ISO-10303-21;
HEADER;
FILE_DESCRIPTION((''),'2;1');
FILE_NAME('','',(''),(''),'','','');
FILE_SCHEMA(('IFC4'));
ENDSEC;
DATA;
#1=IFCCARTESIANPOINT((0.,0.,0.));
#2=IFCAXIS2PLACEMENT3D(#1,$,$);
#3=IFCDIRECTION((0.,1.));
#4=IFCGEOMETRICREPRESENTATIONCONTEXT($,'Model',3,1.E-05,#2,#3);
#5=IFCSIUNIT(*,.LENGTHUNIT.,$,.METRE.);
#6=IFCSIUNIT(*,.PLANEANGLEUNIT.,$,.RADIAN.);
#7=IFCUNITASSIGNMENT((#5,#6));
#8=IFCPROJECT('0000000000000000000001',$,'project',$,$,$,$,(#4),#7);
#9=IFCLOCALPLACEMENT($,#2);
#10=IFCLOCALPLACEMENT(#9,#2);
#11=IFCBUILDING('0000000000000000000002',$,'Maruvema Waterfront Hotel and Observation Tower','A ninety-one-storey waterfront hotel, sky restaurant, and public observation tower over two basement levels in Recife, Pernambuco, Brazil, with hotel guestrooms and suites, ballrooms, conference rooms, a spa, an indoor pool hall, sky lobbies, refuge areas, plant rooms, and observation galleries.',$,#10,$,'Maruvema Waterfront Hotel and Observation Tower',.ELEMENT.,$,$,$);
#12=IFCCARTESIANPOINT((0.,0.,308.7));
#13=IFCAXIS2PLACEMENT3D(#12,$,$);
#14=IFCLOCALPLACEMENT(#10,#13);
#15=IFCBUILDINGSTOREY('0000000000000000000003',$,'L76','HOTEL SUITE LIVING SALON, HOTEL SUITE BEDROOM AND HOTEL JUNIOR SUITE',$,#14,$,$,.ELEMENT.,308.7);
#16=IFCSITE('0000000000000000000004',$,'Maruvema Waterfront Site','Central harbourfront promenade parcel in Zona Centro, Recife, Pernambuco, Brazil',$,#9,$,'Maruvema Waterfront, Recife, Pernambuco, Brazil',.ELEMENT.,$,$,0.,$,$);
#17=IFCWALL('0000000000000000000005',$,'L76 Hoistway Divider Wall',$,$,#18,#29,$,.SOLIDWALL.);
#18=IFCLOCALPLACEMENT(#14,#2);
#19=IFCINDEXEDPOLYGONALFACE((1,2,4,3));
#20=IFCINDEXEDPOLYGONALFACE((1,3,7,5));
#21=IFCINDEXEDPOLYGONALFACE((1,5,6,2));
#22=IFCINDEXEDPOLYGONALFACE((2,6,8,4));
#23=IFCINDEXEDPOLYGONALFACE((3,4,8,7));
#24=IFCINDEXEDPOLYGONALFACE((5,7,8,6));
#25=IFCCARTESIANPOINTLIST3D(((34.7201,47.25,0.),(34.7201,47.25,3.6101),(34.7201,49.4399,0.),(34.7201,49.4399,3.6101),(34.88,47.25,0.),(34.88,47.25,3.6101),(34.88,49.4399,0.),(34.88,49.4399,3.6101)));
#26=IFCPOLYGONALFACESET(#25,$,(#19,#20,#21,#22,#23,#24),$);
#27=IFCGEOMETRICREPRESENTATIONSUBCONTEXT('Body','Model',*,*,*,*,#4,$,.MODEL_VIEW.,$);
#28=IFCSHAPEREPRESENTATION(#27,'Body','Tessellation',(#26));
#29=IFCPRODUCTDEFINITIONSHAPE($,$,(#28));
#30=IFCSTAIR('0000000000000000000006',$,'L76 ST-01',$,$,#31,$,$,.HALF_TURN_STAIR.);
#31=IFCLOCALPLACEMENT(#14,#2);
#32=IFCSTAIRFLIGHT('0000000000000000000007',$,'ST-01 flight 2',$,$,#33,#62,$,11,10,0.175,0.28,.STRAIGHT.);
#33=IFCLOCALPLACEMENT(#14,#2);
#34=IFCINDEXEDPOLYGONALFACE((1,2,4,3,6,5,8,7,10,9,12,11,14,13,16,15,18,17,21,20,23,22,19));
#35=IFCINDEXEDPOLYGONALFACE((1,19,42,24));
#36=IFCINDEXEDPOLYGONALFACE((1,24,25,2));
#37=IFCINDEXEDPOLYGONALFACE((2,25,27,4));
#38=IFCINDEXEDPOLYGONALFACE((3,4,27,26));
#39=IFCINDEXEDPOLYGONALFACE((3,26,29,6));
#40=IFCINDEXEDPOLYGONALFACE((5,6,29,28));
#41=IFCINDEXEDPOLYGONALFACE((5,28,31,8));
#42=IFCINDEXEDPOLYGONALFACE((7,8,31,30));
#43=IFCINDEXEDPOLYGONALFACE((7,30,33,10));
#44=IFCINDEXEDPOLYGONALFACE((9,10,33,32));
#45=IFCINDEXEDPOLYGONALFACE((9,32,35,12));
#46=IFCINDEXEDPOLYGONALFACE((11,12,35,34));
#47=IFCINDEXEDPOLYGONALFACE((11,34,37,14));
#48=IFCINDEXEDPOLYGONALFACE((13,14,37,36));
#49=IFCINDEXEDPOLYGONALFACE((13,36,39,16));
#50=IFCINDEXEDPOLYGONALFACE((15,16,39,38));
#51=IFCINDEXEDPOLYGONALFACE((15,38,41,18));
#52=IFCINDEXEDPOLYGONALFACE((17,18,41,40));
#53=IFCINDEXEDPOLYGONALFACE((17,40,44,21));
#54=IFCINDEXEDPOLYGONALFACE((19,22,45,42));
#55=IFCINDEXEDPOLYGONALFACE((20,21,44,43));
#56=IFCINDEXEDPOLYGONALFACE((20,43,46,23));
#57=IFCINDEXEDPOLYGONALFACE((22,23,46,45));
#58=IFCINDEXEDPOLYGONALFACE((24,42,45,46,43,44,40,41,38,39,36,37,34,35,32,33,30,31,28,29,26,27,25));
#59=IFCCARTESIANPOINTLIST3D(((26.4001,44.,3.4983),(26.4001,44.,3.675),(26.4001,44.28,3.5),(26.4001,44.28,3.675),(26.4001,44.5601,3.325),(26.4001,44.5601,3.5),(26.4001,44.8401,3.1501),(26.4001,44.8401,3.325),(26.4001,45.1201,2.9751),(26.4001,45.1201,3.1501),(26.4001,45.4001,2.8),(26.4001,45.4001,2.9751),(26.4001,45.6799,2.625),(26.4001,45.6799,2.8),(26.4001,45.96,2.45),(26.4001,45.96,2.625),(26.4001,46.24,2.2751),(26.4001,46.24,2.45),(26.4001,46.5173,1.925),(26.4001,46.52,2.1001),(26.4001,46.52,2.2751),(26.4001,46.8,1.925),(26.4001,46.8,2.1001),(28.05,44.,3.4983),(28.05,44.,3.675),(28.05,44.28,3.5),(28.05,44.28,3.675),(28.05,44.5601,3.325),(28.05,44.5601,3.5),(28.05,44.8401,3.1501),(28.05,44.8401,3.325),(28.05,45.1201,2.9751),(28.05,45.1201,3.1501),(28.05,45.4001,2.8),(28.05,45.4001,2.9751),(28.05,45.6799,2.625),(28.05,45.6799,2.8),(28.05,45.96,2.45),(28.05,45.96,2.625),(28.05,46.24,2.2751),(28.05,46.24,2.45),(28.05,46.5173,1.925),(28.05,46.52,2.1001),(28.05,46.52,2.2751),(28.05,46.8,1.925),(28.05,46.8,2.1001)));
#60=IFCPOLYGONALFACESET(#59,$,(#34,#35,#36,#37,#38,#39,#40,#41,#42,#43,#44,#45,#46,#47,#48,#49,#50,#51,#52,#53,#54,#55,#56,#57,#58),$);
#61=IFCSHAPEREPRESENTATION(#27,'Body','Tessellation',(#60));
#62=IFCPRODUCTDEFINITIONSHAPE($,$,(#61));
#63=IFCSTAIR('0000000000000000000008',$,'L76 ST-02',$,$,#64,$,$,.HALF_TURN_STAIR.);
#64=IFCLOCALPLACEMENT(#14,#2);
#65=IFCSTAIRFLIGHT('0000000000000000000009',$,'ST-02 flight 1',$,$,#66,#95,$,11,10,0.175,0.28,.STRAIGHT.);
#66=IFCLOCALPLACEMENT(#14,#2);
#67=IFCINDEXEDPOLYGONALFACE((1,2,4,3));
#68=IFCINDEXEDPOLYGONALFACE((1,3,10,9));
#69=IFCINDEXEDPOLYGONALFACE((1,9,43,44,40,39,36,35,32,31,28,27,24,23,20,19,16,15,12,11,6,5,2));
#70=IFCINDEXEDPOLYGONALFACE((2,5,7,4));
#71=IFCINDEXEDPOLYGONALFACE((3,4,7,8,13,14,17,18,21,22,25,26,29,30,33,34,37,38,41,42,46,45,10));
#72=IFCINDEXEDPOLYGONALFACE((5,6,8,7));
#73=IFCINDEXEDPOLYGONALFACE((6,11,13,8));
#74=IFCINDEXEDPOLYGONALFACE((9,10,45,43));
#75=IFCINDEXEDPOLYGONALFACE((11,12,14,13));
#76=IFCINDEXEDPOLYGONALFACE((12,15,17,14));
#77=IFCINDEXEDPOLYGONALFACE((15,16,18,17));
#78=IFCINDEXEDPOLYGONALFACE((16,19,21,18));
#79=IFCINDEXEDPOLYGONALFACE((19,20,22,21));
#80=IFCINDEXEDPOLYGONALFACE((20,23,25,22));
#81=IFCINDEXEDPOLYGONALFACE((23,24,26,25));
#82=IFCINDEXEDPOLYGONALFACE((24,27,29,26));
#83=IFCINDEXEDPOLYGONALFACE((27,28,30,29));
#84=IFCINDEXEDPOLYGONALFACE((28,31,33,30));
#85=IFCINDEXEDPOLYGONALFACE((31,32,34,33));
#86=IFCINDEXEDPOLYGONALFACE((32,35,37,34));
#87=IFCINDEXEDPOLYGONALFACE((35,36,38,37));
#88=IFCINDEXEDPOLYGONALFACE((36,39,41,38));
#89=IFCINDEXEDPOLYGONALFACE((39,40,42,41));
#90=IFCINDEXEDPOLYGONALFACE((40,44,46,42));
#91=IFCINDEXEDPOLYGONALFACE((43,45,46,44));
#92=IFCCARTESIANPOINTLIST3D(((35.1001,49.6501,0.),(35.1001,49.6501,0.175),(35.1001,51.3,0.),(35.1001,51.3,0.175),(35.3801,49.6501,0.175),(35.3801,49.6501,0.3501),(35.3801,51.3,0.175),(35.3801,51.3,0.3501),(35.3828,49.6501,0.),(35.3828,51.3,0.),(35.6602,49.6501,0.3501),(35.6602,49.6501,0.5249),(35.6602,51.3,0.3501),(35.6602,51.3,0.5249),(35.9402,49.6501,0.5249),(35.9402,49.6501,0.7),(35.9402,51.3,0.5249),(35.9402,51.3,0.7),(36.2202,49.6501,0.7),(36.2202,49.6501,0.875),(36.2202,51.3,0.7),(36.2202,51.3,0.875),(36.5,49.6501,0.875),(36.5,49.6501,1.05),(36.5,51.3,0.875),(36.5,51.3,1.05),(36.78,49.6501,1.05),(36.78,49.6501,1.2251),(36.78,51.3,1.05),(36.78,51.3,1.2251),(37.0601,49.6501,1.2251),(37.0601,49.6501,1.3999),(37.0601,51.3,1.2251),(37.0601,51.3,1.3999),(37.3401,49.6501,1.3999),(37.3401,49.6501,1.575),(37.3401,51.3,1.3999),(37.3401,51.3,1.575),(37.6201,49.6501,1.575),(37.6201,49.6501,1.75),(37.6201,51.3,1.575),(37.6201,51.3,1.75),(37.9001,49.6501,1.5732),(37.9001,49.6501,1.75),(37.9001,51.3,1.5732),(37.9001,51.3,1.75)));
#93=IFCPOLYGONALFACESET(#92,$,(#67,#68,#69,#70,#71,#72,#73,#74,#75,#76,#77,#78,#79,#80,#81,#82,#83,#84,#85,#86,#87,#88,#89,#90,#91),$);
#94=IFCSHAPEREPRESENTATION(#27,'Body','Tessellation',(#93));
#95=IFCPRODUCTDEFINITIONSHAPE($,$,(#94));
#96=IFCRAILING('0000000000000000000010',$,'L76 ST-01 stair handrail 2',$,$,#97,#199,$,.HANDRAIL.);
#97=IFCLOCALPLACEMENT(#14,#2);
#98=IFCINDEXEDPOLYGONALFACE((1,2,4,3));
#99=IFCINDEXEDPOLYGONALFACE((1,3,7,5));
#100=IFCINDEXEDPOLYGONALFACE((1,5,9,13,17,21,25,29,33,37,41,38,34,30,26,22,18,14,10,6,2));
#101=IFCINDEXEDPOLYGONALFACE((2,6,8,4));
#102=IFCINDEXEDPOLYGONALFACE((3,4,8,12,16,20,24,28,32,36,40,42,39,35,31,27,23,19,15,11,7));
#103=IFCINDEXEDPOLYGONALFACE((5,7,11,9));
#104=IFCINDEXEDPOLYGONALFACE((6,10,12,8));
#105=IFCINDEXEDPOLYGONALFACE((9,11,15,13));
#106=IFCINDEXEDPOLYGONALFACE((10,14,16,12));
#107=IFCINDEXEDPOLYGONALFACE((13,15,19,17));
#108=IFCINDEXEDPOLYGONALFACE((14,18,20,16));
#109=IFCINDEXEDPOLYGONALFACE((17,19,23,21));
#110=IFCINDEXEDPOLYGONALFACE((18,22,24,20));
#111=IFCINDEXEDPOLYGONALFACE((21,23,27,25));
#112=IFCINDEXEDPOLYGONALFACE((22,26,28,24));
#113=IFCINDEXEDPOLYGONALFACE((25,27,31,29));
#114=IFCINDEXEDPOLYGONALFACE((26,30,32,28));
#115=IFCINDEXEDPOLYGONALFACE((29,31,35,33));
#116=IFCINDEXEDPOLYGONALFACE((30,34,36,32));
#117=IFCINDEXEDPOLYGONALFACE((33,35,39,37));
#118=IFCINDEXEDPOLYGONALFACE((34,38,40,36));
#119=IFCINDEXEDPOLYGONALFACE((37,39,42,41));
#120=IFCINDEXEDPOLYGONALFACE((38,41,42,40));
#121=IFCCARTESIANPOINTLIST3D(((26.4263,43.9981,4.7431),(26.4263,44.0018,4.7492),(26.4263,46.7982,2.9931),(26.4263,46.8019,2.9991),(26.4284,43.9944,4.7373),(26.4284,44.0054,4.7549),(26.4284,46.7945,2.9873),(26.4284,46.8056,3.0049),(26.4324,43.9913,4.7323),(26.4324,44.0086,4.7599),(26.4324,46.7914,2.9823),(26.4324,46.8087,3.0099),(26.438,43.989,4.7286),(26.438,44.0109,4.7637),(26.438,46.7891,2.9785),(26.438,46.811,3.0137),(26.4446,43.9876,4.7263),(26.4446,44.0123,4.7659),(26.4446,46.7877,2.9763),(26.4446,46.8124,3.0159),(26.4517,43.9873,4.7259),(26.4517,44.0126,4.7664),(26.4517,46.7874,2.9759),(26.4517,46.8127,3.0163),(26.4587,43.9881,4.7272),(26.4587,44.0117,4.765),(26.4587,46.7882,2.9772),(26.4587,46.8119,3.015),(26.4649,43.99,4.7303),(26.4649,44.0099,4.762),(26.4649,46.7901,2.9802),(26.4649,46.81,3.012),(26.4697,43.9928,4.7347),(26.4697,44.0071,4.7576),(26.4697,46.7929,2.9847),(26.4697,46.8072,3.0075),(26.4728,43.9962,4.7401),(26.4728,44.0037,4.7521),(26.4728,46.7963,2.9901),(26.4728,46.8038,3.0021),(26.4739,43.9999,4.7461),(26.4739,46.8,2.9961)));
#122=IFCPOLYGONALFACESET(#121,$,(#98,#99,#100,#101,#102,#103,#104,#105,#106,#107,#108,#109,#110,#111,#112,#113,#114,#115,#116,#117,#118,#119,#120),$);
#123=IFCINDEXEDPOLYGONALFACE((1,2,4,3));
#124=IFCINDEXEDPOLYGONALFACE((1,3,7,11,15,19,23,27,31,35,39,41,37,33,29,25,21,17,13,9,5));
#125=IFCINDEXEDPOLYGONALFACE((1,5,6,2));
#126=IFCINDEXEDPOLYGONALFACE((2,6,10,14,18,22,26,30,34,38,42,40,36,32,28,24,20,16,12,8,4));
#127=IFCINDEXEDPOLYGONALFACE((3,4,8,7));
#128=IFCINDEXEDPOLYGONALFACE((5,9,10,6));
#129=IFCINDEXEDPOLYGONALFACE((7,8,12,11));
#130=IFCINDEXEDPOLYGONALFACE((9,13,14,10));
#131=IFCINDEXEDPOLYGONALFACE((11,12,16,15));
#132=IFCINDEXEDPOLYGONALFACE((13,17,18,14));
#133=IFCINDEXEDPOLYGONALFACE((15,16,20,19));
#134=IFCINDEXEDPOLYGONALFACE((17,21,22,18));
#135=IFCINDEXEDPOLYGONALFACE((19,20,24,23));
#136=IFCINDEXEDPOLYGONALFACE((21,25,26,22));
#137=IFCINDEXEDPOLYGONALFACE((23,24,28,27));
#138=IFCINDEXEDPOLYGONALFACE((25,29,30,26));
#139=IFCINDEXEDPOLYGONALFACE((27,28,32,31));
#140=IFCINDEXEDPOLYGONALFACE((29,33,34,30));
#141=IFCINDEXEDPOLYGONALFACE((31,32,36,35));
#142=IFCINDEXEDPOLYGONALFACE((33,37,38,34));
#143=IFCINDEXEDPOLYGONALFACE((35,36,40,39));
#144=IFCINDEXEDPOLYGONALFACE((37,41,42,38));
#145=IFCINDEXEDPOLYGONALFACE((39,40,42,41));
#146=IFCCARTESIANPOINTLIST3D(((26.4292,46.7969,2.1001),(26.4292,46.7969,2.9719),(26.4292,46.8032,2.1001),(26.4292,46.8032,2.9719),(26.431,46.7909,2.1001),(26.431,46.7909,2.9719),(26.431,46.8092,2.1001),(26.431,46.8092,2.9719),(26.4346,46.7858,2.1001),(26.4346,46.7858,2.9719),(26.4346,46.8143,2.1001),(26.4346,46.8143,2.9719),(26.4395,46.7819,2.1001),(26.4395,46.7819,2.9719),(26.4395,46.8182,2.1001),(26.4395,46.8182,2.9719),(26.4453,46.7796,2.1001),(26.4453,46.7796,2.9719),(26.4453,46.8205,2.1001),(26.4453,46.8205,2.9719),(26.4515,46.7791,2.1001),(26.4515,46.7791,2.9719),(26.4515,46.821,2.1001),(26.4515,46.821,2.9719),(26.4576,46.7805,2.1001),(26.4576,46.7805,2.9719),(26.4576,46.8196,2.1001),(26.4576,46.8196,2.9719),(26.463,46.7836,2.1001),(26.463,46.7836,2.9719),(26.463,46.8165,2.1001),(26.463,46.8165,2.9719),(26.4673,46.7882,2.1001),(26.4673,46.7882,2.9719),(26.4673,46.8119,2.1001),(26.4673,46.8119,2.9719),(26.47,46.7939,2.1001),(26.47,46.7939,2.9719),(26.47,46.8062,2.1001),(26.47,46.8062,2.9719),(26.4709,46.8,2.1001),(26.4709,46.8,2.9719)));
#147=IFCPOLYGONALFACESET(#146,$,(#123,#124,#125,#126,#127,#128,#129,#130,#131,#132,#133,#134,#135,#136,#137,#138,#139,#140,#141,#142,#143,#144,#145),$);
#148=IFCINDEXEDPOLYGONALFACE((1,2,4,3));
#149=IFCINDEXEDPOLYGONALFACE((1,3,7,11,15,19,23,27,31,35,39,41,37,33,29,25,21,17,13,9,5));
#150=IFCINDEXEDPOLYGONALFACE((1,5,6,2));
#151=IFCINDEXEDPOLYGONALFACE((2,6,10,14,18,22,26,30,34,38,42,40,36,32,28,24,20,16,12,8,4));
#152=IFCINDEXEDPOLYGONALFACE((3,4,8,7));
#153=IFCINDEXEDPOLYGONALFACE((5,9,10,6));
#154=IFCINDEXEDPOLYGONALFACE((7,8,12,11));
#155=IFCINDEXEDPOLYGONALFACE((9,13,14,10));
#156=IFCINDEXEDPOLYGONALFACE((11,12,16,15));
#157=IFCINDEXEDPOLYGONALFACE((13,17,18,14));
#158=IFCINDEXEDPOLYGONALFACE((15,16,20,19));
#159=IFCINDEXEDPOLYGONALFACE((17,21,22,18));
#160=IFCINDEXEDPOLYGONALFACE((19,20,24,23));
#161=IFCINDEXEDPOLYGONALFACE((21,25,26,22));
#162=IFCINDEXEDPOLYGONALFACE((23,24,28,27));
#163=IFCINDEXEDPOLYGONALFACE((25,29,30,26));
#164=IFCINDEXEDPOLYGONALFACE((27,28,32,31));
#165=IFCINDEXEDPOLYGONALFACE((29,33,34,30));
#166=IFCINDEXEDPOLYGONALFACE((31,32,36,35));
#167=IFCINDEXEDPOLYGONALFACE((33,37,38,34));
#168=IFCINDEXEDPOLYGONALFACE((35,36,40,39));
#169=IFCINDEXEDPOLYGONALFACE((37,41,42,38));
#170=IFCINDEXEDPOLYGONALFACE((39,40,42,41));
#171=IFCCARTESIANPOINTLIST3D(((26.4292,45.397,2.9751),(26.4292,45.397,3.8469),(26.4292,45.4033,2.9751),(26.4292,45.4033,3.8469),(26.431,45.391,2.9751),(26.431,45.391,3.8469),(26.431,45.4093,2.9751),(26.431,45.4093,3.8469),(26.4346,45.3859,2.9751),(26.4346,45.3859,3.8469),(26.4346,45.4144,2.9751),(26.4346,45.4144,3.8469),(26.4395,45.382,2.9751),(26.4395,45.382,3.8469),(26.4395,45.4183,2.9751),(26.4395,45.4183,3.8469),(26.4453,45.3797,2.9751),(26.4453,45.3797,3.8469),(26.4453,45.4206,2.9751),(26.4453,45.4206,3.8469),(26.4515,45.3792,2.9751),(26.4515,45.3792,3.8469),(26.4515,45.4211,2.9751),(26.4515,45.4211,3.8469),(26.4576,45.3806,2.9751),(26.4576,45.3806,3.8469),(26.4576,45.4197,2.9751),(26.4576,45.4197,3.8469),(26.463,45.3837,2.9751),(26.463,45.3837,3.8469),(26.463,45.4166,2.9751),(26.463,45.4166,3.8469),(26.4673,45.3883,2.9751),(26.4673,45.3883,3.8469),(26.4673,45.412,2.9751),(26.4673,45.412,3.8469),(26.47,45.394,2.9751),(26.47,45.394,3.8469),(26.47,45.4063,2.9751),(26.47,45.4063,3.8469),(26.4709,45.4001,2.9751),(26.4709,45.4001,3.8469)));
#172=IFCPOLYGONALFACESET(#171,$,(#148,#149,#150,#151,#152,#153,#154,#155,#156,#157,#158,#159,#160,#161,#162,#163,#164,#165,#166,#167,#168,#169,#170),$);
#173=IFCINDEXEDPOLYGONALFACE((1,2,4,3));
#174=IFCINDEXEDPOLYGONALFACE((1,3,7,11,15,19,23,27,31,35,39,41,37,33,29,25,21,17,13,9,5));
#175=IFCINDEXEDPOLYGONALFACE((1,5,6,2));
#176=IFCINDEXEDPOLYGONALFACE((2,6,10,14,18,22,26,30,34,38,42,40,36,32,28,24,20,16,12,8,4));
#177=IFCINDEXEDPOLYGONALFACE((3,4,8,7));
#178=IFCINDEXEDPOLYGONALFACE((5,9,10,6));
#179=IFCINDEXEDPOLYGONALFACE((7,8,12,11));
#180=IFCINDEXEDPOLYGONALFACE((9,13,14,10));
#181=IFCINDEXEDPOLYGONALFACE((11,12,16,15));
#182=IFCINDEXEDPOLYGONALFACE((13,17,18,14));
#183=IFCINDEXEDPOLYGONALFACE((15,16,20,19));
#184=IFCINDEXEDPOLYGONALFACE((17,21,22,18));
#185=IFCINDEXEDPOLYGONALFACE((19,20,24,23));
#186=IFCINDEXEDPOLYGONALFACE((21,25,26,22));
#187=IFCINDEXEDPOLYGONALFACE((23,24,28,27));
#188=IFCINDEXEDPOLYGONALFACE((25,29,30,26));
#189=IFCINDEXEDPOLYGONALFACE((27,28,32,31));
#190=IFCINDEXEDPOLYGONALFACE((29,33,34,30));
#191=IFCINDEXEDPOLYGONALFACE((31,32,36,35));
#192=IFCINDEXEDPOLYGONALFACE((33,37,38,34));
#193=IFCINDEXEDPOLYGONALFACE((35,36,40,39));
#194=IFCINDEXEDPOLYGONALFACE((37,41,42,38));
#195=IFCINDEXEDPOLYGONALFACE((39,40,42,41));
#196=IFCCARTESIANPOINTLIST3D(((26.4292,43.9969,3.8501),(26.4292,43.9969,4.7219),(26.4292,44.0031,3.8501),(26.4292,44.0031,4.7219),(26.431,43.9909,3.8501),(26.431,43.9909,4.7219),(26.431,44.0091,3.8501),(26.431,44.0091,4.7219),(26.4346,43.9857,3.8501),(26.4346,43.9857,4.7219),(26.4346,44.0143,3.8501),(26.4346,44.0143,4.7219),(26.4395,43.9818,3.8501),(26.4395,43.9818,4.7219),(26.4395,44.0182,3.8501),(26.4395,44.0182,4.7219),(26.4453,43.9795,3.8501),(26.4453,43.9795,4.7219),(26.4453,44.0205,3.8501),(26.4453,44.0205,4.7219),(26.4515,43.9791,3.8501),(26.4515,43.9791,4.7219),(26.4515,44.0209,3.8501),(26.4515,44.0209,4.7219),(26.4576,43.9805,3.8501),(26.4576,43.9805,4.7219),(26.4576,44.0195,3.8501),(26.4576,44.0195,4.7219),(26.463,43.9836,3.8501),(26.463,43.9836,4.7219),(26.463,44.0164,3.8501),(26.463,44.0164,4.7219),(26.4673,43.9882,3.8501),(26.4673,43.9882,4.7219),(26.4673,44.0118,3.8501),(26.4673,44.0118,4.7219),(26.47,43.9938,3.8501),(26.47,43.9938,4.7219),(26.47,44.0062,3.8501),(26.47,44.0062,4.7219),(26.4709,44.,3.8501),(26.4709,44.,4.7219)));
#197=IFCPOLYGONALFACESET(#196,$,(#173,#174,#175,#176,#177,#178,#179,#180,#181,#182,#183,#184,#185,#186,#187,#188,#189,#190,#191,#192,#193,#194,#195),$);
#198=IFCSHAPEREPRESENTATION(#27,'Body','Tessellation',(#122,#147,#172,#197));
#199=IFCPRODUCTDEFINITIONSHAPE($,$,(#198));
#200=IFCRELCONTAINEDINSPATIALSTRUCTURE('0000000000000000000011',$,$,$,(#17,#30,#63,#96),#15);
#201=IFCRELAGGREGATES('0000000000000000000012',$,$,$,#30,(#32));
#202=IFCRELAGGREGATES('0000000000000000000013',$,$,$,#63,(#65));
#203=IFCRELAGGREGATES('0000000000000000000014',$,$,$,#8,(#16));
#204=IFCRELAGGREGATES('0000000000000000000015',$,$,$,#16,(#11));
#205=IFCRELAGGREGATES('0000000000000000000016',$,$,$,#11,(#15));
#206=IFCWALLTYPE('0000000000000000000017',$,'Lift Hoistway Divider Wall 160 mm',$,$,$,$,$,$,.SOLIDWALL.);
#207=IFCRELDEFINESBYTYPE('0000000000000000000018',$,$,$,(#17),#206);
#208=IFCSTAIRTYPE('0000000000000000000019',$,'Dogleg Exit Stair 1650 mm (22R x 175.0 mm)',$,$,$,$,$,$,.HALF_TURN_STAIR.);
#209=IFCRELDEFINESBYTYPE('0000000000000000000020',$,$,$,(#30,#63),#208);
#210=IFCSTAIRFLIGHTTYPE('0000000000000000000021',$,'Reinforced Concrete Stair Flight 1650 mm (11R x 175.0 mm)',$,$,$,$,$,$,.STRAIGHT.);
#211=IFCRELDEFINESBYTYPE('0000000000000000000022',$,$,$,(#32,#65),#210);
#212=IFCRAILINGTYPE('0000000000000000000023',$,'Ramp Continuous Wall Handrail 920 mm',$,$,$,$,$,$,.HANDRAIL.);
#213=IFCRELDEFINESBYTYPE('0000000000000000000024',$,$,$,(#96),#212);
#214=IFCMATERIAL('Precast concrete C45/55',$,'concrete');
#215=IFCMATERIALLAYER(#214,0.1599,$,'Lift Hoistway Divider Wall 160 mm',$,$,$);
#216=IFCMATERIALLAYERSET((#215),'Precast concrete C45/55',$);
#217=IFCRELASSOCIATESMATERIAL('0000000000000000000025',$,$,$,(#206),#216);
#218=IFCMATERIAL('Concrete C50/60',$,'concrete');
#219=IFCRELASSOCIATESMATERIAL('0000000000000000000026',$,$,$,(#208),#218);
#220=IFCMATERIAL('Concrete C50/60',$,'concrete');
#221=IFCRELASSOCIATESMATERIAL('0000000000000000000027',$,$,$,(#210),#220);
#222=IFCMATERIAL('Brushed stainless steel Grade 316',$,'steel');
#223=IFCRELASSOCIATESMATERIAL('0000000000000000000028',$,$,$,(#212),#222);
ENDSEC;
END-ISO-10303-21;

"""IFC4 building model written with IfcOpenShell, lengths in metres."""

from ifc_helpers import new_model, si_unit, direction, frame, frame_2d, origin, origin_2d, place, context, subcontext, project, spatial, polyline, rectangle, circle, outline, extrude, material, layer, layer_set, type_object, element, aggregate, save


model = new_model("IFC4")

# Units and contexts
model_context = context("Model", 3, precision=1e-05, world=origin(), true_north=direction((0.0, 1.0)))
body_context = subcontext(model_context, "Body", "Model", "MODEL_VIEW")
ifc_project = project(units=[si_unit("LENGTHUNIT", "METRE"), si_unit("PLANEANGLEUNIT", "RADIAN")], contexts=[model_context])

# Site, building, storey
site_placement = place(None, origin())
site = spatial("IfcSite", under=ifc_project, at=site_placement, Name="Maruvema Waterfront Site", Description="Central harbourfront promenade parcel in Zona Centro, Recife, Pernambuco, Brazil", LongName="Maruvema Waterfront, Recife, Pernambuco, Brazil", CompositionType="ELEMENT", RefElevation=0.0)
building_placement = place(site_placement, origin())
building = spatial("IfcBuilding", under=site, at=building_placement, Name="Maruvema Waterfront Hotel and Observation Tower", Description="A ninety-one-storey waterfront hotel, sky restaurant, and public observation tower over two basement levels in Recife, Pernambuco, Brazil, with hotel guestrooms and suites, ballrooms, conference rooms, a spa, an indoor pool hall, sky lobbies, refuge areas, plant rooms, and observation galleries.", LongName="Maruvema Waterfront Hotel and Observation Tower", CompositionType="ELEMENT")
storey_placement = place(building_placement, frame((0.0, 0.0, 308.7)))
storey = spatial("IfcBuildingStorey", under=building, at=storey_placement, Name="L76", Description="HOTEL SUITE LIVING SALON, HOTEL SUITE BEDROOM AND HOTEL JUNIOR SUITE", CompositionType="ELEMENT", Elevation=308.7)

# Wall
ifc_material_1 = material(Name="Precast concrete C45/55", Category="concrete")
ifc_layer_1 = layer(ifc_material_1, 0.1599, Name="Lift Hoistway Divider Wall 160 mm")
ifc_layer_set_1 = layer_set([ifc_layer_1], Name="Precast concrete C45/55")
wall_type_1 = type_object("IfcWallType", Name="Lift Hoistway Divider Wall 160 mm", PredefinedType="SOLIDWALL", material=ifc_layer_set_1)
wall_1_placement = place(storey_placement, frame((34.8, 47.25, 0.0), z_axis=(0.0, 0.0, 1.0), x_axis=(0.0, 1.0, 0.0)))
element("IfcWall", 1, at=wall_1_placement, inside=storey, type_object=wall_type_1, Name="L76 Hoistway Divider Wall", PredefinedType="SOLIDWALL", context=body_context, shape_type="SweptSolid", body=[
    extrude(rectangle(XDim=2.1899, YDim=0.1599, at=frame_2d((1.095, 0.0))), origin(), (0.0, 0.0, 1.0), 3.6101),
])

# Stairs, stair flights
ifc_material_2 = material(Name="Concrete C50/60", Category="concrete")
stair_type = type_object("IfcStairType", Name="Dogleg Exit Stair 1650 mm (22R x 175.0 mm)", PredefinedType="HALF_TURN_STAIR", material=ifc_material_2)
stair_1_placement = place(storey_placement, origin())
stair_1 = element("IfcStair", 2, at=stair_1_placement, inside=storey, type_object=stair_type, Name="L76 ST-01", PredefinedType="HALF_TURN_STAIR")
ifc_material_3 = material(Name="Concrete C50/60", Category="concrete")
stair_flight_type = type_object("IfcStairFlightType", Name="Reinforced Concrete Stair Flight 1650 mm (11R x 175.0 mm)", PredefinedType="STRAIGHT", material=ifc_material_3)
stair_flight_1_placement = place(storey_placement, frame((27.2251, 46.8, 1.925), z_axis=(0.0, 0.0, 1.0), x_axis=(0.0, -1.0, 0.0)))
stair_flight_1 = element("IfcStairFlight", 3, at=stair_flight_1_placement, type_object=stair_flight_type, Name="ST-01 flight 2", NumberOfRisers=11, NumberOfTreads=10, PredefinedType="STRAIGHT", RiserHeight=0.175, TreadLength=0.28, context=body_context, shape_type="SweptSolid", body=[
    extrude(outline(polyline([(0.0, 0.0), (0.0, 0.175), (0.28, 0.175), (0.28, 0.3501), (0.5601, 0.3501), (0.5601, 0.5249), (0.8401, 0.5249), (0.8401, 0.7), (1.1201, 0.7), (1.1201, 0.875), (1.3999, 0.875), (1.3999, 1.05), (1.6799, 1.05), (1.6799, 1.2251), (1.96, 1.2251), (1.96, 1.3999), (2.24, 1.3999), (2.24, 1.575), (2.52, 1.575), (2.52, 1.75), (2.8, 1.75), (2.8, 1.925), (2.8, 1.5732), (0.2827, 0.0), (0.0, 0.0)])), frame((0.0, 0.825, 0.0), z_axis=(0.0, -1.0, 0.0), x_axis=(1.0, 0.0, 0.0)), (0.0, 0.0, 1.0), 1.6499),
])
aggregate(stair_1, [stair_flight_1])
stair_2_placement = place(storey_placement, origin())
stair_2 = element("IfcStair", 4, at=stair_2_placement, inside=storey, type_object=stair_type, Name="L76 ST-02", PredefinedType="HALF_TURN_STAIR")
stair_flight_2_placement = place(storey_placement, frame((35.1001, 50.4751, 0.0), z_axis=(0.0, 0.0, 1.0), x_axis=(1.0, 0.0, 0.0)))
stair_flight_2 = element("IfcStairFlight", 5, at=stair_flight_2_placement, type_object=stair_flight_type, Name="ST-02 flight 1", NumberOfRisers=11, NumberOfTreads=10, PredefinedType="STRAIGHT", RiserHeight=0.175, TreadLength=0.28, context=body_context, shape_type="SweptSolid", body=[
    extrude(outline(polyline([(0.0, 0.0), (0.0, 0.175), (0.28, 0.175), (0.28, 0.3501), (0.5601, 0.3501), (0.5601, 0.5249), (0.8401, 0.5249), (0.8401, 0.7), (1.1201, 0.7), (1.1201, 0.875), (1.3999, 0.875), (1.3999, 1.05), (1.6799, 1.05), (1.6799, 1.2251), (1.96, 1.2251), (1.96, 1.3999), (2.24, 1.3999), (2.24, 1.575), (2.52, 1.575), (2.52, 1.75), (2.8, 1.75), (2.8, 1.925), (2.8, 1.5732), (0.2827, 0.0), (0.0, 0.0)])), frame((0.0, 0.825, 0.0), z_axis=(0.0, -1.0, 0.0), x_axis=(1.0, 0.0, 0.0)), (0.0, 0.0, 1.0), 1.6499),
])
aggregate(stair_2, [stair_flight_2])

# Railing
ifc_material_4 = material(Name="Brushed stainless steel Grade 316", Category="steel")
railing_type_1 = type_object("IfcRailingType", Name="Ramp Continuous Wall Handrail 920 mm", PredefinedType="HANDRAIL", material=ifc_material_4)
railing_1_placement = place(storey_placement, frame((26.45, 46.8, 2.1001)))
element("IfcRailing", 6, at=railing_1_placement, inside=storey, type_object=railing_type_1, Name="L76 ST-01 stair handrail 2", PredefinedType="HANDRAIL", context=body_context, shape_type="SweptSolid", body=[
    extrude(circle(Radius=0.0239, at=origin_2d()), frame((0.0, 0.0, 0.896), z_axis=(0.0, -0.848002, 0.529992), x_axis=(1.0, 0.0, 0.0)), (0.0, 0.0, 1.0), 3.302),
    extrude(circle(Radius=0.021, at=origin_2d()), origin(), (0.0, 0.0, 1.0), 0.8718),
    extrude(circle(Radius=0.021, at=origin_2d()), frame((0.0, -1.3999, 0.875)), (0.0, 0.0, 1.0), 0.8718),
    extrude(circle(Radius=0.021, at=origin_2d()), frame((0.0, -2.8, 1.75)), (0.0, 0.0, 1.0), 0.8718),
])

save(model, "model.ifc")
